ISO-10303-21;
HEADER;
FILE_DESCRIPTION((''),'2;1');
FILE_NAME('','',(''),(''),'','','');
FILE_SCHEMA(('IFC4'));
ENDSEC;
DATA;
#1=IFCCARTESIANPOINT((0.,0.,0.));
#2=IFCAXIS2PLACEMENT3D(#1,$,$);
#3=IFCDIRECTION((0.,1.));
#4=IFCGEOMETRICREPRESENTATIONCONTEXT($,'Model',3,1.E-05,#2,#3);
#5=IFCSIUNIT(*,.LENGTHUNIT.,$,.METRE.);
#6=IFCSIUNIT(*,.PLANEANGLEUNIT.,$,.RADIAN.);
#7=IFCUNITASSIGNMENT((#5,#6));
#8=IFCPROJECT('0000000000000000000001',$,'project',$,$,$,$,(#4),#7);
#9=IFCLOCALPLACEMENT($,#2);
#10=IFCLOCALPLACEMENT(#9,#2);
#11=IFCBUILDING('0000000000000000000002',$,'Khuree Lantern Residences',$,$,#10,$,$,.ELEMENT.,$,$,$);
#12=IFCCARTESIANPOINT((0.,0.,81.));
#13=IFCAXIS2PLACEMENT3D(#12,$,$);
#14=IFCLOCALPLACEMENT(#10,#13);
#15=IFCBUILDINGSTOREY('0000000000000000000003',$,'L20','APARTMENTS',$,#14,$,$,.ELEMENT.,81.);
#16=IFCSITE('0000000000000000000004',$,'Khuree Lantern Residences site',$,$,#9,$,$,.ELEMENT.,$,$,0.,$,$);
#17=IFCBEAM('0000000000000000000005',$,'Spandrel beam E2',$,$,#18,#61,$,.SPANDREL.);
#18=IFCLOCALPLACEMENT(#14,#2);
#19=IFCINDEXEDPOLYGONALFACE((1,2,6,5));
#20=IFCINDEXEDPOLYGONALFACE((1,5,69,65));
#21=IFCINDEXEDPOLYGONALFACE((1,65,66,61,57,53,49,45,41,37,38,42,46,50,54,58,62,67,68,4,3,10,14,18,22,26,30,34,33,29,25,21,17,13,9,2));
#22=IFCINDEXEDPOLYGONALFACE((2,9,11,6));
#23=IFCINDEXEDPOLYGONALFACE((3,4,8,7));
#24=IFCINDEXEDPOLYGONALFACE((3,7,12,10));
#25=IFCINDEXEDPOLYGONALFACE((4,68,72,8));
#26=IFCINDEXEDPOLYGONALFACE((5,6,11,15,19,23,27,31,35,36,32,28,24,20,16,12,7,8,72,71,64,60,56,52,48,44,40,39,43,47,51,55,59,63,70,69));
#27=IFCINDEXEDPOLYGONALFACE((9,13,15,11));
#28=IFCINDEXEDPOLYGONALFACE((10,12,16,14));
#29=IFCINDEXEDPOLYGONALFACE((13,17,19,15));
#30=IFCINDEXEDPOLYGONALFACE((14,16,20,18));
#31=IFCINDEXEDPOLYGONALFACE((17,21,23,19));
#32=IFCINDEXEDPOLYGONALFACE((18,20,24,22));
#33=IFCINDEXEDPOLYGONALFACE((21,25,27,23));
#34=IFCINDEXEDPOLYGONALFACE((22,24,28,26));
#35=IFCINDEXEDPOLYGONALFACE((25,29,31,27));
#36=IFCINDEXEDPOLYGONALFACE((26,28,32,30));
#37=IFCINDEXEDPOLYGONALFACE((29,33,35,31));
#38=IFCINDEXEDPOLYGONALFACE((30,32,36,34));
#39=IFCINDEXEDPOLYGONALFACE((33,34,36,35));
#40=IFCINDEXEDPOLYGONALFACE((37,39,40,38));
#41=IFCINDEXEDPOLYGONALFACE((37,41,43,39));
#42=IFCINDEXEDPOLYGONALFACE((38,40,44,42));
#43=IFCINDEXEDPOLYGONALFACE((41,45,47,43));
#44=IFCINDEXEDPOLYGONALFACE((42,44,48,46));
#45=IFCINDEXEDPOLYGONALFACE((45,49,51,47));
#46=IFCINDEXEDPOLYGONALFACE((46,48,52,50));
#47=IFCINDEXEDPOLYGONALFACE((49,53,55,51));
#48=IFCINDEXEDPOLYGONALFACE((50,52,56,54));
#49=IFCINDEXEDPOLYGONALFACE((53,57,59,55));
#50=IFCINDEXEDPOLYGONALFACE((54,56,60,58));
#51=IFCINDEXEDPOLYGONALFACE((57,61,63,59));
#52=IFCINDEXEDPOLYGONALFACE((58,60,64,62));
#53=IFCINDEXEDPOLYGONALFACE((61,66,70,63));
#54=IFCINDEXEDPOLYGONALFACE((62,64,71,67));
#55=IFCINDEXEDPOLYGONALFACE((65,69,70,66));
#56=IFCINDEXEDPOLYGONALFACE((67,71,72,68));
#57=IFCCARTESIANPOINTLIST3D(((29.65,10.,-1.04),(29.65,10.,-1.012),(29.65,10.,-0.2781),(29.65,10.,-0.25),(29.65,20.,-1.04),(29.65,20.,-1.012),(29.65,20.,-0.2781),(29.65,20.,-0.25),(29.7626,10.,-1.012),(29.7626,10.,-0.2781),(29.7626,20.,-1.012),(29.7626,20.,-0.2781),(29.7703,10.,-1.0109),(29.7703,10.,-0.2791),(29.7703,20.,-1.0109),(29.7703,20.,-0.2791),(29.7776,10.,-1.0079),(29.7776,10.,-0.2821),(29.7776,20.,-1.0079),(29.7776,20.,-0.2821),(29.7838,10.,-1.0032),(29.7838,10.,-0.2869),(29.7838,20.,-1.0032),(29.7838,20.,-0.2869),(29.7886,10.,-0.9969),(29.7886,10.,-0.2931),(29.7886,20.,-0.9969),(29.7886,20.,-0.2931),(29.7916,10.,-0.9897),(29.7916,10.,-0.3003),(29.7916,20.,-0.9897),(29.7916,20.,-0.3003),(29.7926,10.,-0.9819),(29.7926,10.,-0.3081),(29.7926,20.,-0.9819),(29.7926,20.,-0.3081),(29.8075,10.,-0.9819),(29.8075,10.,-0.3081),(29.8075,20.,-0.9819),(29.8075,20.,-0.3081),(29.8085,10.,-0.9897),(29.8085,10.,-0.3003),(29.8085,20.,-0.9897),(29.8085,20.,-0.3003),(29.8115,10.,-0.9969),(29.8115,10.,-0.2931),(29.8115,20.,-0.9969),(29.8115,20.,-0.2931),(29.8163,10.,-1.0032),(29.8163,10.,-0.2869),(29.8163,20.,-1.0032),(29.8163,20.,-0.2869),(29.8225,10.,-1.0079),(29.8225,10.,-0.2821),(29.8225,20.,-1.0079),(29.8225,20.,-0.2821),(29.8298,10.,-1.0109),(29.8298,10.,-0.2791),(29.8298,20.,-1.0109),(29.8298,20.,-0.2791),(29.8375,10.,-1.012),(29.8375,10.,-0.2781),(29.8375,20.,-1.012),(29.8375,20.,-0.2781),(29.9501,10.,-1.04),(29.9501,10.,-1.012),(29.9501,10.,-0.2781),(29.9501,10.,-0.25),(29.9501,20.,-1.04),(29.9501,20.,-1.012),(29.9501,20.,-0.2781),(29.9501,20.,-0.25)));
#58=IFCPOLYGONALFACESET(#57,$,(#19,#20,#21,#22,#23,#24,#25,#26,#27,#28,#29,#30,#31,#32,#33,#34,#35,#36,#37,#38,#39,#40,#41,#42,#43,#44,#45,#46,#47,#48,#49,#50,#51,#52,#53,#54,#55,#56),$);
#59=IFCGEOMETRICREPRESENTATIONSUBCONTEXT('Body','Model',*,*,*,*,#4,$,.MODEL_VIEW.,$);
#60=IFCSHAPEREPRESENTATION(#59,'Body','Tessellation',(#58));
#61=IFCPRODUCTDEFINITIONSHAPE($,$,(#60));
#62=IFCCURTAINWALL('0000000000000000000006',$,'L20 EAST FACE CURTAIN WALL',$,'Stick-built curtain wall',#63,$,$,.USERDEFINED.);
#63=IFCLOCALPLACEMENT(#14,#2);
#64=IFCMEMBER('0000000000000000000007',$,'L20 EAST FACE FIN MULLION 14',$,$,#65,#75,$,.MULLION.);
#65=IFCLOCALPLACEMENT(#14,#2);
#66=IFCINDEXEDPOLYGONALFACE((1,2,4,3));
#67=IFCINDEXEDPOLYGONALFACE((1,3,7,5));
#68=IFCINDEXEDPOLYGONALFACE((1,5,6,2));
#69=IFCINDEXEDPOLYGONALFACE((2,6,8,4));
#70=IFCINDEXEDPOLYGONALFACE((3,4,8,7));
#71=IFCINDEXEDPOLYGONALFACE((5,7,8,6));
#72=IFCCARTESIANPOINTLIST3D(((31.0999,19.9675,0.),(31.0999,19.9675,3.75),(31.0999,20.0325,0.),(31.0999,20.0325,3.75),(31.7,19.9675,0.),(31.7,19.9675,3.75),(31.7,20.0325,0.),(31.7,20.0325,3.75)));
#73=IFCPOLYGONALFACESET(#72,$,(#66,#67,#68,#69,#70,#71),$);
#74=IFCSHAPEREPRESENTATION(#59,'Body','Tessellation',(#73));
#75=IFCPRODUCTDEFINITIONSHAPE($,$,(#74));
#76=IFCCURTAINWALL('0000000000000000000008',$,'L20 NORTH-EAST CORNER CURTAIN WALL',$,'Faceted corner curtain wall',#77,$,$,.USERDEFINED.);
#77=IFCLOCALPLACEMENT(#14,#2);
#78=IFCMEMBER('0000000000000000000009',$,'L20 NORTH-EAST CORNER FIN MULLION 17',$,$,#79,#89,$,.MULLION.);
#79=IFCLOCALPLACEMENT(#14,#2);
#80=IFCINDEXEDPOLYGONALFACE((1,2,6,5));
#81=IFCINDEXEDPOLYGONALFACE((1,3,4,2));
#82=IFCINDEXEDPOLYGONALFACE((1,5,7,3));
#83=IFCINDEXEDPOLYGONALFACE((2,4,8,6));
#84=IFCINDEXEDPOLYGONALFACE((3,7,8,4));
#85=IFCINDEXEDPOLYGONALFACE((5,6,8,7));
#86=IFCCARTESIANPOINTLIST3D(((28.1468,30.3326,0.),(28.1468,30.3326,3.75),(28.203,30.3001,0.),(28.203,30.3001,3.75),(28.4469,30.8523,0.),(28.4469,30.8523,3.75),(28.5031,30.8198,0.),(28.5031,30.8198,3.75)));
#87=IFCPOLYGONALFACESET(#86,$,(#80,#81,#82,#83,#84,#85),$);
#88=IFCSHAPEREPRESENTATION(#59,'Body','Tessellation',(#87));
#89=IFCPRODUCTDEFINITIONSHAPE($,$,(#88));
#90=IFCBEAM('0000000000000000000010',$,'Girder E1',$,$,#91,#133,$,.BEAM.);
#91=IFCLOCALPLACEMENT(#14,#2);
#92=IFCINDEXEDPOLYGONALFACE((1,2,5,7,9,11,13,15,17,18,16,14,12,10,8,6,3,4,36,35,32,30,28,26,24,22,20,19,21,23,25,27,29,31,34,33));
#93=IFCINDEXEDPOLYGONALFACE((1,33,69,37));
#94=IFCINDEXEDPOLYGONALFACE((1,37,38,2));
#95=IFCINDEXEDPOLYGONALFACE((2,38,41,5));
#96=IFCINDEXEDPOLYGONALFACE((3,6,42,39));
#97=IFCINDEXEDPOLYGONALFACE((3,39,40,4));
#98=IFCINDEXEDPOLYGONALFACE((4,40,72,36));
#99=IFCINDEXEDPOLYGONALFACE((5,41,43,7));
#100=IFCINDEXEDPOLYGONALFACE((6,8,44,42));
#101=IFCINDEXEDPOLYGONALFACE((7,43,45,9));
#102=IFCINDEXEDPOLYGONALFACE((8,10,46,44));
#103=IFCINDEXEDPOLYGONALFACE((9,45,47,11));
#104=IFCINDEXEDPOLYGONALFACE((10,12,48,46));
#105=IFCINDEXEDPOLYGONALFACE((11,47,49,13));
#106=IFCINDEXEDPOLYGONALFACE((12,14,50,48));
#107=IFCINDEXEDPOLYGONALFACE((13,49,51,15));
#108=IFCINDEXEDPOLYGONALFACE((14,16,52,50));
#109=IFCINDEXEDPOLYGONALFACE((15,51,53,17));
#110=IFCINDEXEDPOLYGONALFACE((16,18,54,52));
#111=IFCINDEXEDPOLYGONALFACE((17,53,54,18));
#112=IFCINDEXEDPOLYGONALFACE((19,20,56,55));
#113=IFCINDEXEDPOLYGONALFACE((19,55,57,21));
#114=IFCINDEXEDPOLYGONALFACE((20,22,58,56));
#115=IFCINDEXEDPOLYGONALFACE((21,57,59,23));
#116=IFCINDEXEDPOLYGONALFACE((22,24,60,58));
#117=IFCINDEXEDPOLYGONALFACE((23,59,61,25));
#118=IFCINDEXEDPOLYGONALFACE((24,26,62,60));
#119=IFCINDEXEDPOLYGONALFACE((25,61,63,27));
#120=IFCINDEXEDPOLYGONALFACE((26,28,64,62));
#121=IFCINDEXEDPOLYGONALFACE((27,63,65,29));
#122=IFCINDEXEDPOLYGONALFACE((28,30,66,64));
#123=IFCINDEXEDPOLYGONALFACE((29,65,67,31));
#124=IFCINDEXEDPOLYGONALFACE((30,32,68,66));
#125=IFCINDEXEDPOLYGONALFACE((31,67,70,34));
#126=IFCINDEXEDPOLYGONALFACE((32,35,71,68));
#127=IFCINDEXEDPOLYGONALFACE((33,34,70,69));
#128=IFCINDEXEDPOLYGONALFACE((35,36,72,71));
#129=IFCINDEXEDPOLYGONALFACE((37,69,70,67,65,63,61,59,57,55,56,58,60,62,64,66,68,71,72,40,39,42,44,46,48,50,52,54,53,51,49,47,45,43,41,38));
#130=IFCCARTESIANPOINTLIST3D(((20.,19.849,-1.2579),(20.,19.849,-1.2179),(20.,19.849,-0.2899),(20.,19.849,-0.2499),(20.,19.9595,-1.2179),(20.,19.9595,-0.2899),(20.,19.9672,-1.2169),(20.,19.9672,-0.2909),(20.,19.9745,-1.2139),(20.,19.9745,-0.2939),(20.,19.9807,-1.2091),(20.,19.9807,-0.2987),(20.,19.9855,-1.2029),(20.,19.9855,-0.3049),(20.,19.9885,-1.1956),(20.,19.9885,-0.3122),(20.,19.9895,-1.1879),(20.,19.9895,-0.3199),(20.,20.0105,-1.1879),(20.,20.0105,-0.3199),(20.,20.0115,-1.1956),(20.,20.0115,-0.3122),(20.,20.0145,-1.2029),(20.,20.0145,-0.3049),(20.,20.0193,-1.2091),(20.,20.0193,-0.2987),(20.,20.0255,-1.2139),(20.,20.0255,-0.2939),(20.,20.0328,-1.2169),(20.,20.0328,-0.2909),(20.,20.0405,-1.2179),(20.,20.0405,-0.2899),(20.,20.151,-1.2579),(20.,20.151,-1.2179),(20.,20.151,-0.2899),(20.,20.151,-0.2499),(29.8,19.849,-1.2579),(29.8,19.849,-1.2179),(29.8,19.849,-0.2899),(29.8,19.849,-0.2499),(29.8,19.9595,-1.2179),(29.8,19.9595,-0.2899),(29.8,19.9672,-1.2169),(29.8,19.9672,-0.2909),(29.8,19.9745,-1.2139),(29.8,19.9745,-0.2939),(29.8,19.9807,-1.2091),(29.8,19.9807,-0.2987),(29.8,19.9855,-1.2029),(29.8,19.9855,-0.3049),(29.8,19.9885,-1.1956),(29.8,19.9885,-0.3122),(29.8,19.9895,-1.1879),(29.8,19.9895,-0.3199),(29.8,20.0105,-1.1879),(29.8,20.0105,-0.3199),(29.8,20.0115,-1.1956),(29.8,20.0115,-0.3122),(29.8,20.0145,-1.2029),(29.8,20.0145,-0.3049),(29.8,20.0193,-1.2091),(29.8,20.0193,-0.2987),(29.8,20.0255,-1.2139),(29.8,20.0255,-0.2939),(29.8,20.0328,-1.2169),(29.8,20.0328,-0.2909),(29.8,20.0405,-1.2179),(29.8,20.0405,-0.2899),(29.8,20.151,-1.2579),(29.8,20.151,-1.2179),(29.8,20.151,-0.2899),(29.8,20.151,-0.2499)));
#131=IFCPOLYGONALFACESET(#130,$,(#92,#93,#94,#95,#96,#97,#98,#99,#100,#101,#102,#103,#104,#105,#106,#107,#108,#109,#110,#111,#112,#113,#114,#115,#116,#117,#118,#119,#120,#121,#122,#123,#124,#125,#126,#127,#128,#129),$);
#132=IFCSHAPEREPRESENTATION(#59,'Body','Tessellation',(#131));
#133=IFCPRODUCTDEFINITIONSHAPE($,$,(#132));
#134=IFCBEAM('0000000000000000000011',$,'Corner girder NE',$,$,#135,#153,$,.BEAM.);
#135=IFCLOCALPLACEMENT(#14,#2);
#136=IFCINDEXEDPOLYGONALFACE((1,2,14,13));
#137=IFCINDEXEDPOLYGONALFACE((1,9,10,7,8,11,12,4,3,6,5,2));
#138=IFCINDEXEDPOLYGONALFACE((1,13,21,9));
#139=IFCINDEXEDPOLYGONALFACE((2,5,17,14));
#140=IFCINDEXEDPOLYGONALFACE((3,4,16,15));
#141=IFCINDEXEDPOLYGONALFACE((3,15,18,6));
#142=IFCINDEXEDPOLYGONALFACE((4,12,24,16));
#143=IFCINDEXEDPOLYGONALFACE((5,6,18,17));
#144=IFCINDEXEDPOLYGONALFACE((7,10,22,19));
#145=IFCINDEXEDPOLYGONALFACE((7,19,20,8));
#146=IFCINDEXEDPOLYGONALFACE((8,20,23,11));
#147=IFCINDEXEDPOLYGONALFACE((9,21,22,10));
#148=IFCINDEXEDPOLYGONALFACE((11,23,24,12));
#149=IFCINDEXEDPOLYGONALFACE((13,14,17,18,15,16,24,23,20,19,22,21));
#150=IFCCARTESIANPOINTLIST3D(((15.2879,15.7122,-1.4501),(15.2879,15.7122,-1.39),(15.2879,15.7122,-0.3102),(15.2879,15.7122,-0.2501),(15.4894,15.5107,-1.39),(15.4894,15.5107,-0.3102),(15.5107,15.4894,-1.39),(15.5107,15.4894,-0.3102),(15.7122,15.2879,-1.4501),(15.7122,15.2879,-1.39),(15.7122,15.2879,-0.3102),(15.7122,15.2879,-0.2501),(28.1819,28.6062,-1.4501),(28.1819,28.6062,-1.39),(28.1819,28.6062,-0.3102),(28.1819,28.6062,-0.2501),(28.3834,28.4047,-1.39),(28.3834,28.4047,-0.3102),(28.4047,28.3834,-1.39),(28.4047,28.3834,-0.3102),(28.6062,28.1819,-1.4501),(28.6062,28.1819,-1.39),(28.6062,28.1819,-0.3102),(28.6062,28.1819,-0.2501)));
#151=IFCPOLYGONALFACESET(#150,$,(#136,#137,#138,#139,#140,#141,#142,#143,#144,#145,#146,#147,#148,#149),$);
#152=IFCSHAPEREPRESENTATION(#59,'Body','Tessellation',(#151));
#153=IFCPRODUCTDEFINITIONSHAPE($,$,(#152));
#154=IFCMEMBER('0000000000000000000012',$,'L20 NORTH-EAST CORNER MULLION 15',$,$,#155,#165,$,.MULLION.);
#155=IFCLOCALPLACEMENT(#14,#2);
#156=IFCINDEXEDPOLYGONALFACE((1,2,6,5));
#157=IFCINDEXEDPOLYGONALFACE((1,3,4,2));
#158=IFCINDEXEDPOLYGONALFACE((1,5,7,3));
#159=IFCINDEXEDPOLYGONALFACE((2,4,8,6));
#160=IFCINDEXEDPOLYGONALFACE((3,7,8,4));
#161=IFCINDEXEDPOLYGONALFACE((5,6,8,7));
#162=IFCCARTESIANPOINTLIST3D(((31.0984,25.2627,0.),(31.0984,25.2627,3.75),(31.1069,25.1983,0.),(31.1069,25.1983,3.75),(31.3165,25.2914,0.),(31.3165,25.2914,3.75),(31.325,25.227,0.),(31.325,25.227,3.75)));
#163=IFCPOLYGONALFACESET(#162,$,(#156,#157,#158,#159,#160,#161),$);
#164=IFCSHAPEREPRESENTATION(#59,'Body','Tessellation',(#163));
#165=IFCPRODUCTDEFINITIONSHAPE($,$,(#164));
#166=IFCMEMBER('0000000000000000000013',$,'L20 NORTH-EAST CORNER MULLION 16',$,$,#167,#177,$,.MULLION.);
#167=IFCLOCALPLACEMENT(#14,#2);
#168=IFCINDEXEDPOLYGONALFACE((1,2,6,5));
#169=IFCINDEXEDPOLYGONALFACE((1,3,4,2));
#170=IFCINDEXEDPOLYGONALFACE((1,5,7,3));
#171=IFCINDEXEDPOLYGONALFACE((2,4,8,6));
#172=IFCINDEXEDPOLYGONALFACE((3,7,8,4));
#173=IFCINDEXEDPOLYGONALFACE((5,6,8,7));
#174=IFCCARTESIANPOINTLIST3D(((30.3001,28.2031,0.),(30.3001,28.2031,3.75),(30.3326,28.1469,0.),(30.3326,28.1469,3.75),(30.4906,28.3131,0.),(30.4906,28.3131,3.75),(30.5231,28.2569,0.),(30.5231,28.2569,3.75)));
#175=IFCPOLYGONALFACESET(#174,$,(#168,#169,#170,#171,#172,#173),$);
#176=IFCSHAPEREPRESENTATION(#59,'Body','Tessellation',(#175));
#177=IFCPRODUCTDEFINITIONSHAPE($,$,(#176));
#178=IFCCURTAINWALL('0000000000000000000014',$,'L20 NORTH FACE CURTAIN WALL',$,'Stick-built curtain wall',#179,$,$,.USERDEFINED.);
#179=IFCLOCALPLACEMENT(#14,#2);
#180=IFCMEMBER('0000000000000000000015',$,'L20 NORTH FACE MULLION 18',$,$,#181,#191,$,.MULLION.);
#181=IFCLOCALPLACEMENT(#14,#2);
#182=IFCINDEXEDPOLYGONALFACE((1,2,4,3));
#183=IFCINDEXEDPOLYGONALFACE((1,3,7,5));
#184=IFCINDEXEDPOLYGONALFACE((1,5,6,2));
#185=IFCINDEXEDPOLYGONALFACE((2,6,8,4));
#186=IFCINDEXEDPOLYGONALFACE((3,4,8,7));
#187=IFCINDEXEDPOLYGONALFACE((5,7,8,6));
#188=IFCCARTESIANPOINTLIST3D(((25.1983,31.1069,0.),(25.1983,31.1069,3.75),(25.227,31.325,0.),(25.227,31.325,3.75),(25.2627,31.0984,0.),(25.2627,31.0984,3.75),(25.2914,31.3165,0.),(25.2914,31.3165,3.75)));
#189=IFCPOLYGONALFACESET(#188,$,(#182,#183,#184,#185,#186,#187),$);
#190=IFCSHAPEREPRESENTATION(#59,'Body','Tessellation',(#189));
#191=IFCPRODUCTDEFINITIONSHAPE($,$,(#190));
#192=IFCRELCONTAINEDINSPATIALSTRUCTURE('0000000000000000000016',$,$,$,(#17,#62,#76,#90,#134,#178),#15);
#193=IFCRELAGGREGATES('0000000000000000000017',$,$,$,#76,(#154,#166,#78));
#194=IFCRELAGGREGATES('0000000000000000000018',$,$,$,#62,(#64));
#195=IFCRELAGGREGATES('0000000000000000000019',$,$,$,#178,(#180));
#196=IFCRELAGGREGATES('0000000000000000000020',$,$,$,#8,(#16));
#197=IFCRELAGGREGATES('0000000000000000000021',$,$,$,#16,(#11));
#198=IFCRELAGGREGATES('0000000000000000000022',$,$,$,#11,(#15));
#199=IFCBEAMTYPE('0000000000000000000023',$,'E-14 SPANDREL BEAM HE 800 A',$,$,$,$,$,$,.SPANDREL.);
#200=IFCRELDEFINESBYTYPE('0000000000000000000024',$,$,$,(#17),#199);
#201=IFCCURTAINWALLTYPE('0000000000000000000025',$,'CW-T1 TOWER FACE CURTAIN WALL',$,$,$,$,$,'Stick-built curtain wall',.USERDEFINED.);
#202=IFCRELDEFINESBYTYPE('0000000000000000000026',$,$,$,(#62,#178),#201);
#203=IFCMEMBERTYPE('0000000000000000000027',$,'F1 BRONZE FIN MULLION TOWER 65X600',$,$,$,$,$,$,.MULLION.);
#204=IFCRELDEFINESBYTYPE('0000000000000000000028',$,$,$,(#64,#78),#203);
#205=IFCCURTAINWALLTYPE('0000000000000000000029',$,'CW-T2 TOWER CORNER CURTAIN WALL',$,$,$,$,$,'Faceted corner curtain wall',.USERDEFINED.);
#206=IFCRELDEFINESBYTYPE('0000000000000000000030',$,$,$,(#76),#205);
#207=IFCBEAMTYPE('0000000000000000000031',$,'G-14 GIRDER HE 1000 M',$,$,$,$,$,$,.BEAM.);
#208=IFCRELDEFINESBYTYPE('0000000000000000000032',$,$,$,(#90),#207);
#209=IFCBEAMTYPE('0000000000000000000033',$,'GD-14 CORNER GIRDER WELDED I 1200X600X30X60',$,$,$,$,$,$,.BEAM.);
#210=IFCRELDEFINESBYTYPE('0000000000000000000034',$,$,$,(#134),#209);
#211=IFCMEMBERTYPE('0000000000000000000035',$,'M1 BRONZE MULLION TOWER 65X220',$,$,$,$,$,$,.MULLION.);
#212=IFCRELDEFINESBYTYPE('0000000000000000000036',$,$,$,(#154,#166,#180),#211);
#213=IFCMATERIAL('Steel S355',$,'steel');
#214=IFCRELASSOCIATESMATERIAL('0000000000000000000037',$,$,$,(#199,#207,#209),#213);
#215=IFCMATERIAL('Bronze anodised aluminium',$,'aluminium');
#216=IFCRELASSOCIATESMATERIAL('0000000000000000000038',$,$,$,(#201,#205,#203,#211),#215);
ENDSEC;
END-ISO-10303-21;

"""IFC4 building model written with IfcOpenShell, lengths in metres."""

from ifc_helpers import new_model, si_unit, direction, frame, origin, origin_2d, place, context, subcontext, project, spatial, rectangle, i_section, extrude, material, material_profile, profile_set, type_object, element, aggregate, save


model = new_model("IFC4")

# Units and contexts
model_context = context("Model", 3, precision=1e-05, world=origin(), true_north=direction((0.0, 1.0)))
body_context = subcontext(model_context, "Body", "Model", "MODEL_VIEW")
ifc_project = project(units=[si_unit("LENGTHUNIT", "METRE"), si_unit("PLANEANGLEUNIT", "RADIAN")], contexts=[model_context])

# Site, building, storey
site_placement = place(None, origin())
site = spatial("IfcSite", under=ifc_project, at=site_placement, Name="Khuree Lantern Residences site", CompositionType="ELEMENT", RefElevation=0.0)
building_placement = place(site_placement, origin())
building = spatial("IfcBuilding", under=site, at=building_placement, Name="Khuree Lantern Residences", CompositionType="ELEMENT")
storey_placement = place(building_placement, frame((0.0, 0.0, 81.0)))
storey = spatial("IfcBuildingStorey", under=building, at=storey_placement, Name="L20", Description="APARTMENTS", CompositionType="ELEMENT", Elevation=81.0)

# Beam
ifc_material_1 = material(Name="Steel S355", Category="steel")
ifc_material_profile_1 = material_profile(ifc_material_1, i_section(OverallWidth=0.3, OverallDepth=0.79, WebThickness=0.0149, FlangeThickness=0.0281, FilletRadius=0.03, at=origin_2d()), Name="HE 800 A")
ifc_profile_set_1 = profile_set([ifc_material_profile_1], Name="Steel S355")
beam_type_1 = type_object("IfcBeamType", Name="E-14 SPANDREL BEAM HE 800 A", PredefinedType="SPANDREL", material=ifc_profile_set_1)
beam_1_placement = place(storey_placement, frame((29.8, 20.0, -0.645), z_axis=(0.0, -1.0, 0.0), x_axis=(1.0, 0.0, 0.0)))
element("IfcBeam", 1, at=beam_1_placement, inside=storey, type_object=beam_type_1, Name="Spandrel beam E2", PredefinedType="SPANDREL", context=body_context, shape_type="SweptSolid", body=[
    extrude(i_section(OverallWidth=0.3, OverallDepth=0.79, WebThickness=0.0149, FlangeThickness=0.0281, FilletRadius=0.03, at=origin_2d()), origin(), (0.0, 0.0, 1.0), 10.0),
])

# Curtain walls, members
ifc_material_2 = material(Name="Bronze anodised aluminium", Category="aluminium")
curtain_wall_type_1 = type_object("IfcCurtainWallType", Name="CW-T1 TOWER FACE CURTAIN WALL", ElementType="Stick-built curtain wall", PredefinedType="USERDEFINED", material=ifc_material_2)
curtain_wall_1_placement = place(storey_placement, origin())
curtain_wall_1 = element("IfcCurtainWall", 2, at=curtain_wall_1_placement, inside=storey, type_object=curtain_wall_type_1, Name="L20 EAST FACE CURTAIN WALL", ObjectType="Stick-built curtain wall", PredefinedType="USERDEFINED")
ifc_material_profile_2 = material_profile(ifc_material_2, rectangle(XDim=0.0649, YDim=0.6001, at=origin_2d()), Name="F1 65X600")
ifc_profile_set_2 = profile_set([ifc_material_profile_2], Name="Bronze anodised aluminium")
member_type_1 = type_object("IfcMemberType", Name="F1 BRONZE FIN MULLION TOWER 65X600", PredefinedType="MULLION", material=ifc_profile_set_2)
member_1_placement = place(storey_placement, frame((31.3999, 20.0, 0.0), z_axis=(0.0, 0.0, 1.0), x_axis=(0.0, 1.0, 0.0)))
member_1 = element("IfcMember", 3, at=member_1_placement, type_object=member_type_1, Name="L20 EAST FACE FIN MULLION 14", PredefinedType="MULLION", context=body_context, shape_type="SweptSolid", body=[
    extrude(rectangle(XDim=0.0649, YDim=0.6001, at=origin_2d()), origin(), (0.0, 0.0, 1.0), 3.75),
])
curtain_wall_type_2 = type_object("IfcCurtainWallType", Name="CW-T2 TOWER CORNER CURTAIN WALL", ElementType="Faceted corner curtain wall", PredefinedType="USERDEFINED", material=ifc_material_2)
curtain_wall_2_placement = place(storey_placement, origin())
curtain_wall_2 = element("IfcCurtainWall", 4, at=curtain_wall_2_placement, inside=storey, type_object=curtain_wall_type_2, Name="L20 NORTH-EAST CORNER CURTAIN WALL", ObjectType="Faceted corner curtain wall", PredefinedType="USERDEFINED")
member_2_placement = place(storey_placement, frame((28.325, 30.5762, 0.0), z_axis=(0.0, 0.0, 1.0), x_axis=(-0.866025, 0.5, 0.0)))
member_2 = element("IfcMember", 5, at=member_2_placement, type_object=member_type_1, Name="L20 NORTH-EAST CORNER FIN MULLION 17", PredefinedType="MULLION", context=body_context, shape_type="SweptSolid", body=[
    extrude(rectangle(XDim=0.0649, YDim=0.6001, at=origin_2d()), origin(), (0.0, 0.0, 1.0), 3.75),
])

# Beams
ifc_material_profile_3 = material_profile(ifc_material_1, i_section(OverallWidth=0.302, OverallDepth=1.0081, WebThickness=0.021, FlangeThickness=0.04, FilletRadius=0.03, at=origin_2d()), Name="HE 1000 M")
ifc_profile_set_3 = profile_set([ifc_material_profile_3], Name="Steel S355")
beam_type_2 = type_object("IfcBeamType", Name="G-14 GIRDER HE 1000 M", PredefinedType="BEAM", material=ifc_profile_set_3)
beam_2_placement = place(storey_placement, frame((29.8, 20.0, -0.7539), z_axis=(-1.0, 0.0, 0.0), x_axis=(0.0, -1.0, 0.0)))
element("IfcBeam", 6, at=beam_2_placement, inside=storey, type_object=beam_type_2, Name="Girder E1", PredefinedType="BEAM", context=body_context, shape_type="SweptSolid", body=[
    extrude(i_section(OverallWidth=0.302, OverallDepth=1.0081, WebThickness=0.021, FlangeThickness=0.04, FilletRadius=0.03, at=origin_2d()), origin(), (0.0, 0.0, 1.0), 9.8),
])
ifc_material_profile_4 = material_profile(ifc_material_1, i_section(OverallWidth=0.6001, OverallDepth=1.2, WebThickness=0.03, FlangeThickness=0.0601, at=origin_2d()), Name="WELDED I 1200X600X30X60")
ifc_profile_set_4 = profile_set([ifc_material_profile_4], Name="Steel S355")
beam_type_3 = type_object("IfcBeamType", Name="GD-14 CORNER GIRDER WELDED I 1200X600X30X60", PredefinedType="BEAM", material=ifc_profile_set_4)
beam_3_placement = place(storey_placement, frame((28.394, 28.394, -0.8501), z_axis=(-0.707107, -0.707107, 0.0), x_axis=(0.707107, -0.707107, 0.0)))
element("IfcBeam", 7, at=beam_3_placement, inside=storey, type_object=beam_type_3, Name="Corner girder NE", PredefinedType="BEAM", context=body_context, shape_type="SweptSolid", body=[
    extrude(i_section(OverallWidth=0.6001, OverallDepth=1.2, WebThickness=0.03, FlangeThickness=0.0601, at=origin_2d()), origin(), (0.0, 0.0, 1.0), 18.2349),
])

# Members
ifc_material_profile_5 = material_profile(ifc_material_2, rectangle(XDim=0.0649, YDim=0.22, at=origin_2d()), Name="M1 65X220")
ifc_profile_set_5 = profile_set([ifc_material_profile_5], Name="Bronze anodised aluminium")
member_type_2 = type_object("IfcMemberType", Name="M1 BRONZE MULLION TOWER 65X220", PredefinedType="MULLION", material=ifc_profile_set_5)
member_3_placement = place(storey_placement, frame((31.2117, 25.2449, 0.0), z_axis=(0.0, 0.0, 1.0), x_axis=(-0.130526, 0.991445, 0.0)))
member_3 = element("IfcMember", 8, at=member_3_placement, type_object=member_type_2, Name="L20 NORTH-EAST CORNER MULLION 15", PredefinedType="MULLION", context=body_context, shape_type="SweptSolid", body=[
    extrude(rectangle(XDim=0.0649, YDim=0.22, at=origin_2d()), origin(), (0.0, 0.0, 1.0), 3.75),
])
member_4_placement = place(storey_placement, frame((30.4116, 28.23, 0.0), z_axis=(0.0, 0.0, 1.0), x_axis=(-0.5, 0.866025, 0.0)))
member_4 = element("IfcMember", 9, at=member_4_placement, type_object=member_type_2, Name="L20 NORTH-EAST CORNER MULLION 16", PredefinedType="MULLION", context=body_context, shape_type="SweptSolid", body=[
    extrude(rectangle(XDim=0.0649, YDim=0.22, at=origin_2d()), origin(), (0.0, 0.0, 1.0), 3.75),
])

# Curtain wall, member
curtain_wall_3_placement = place(storey_placement, origin())
curtain_wall_3 = element("IfcCurtainWall", 10, at=curtain_wall_3_placement, inside=storey, type_object=curtain_wall_type_1, Name="L20 NORTH FACE CURTAIN WALL", ObjectType="Stick-built curtain wall", PredefinedType="USERDEFINED")
member_5_placement = place(storey_placement, frame((25.2449, 31.2117, 0.0), z_axis=(0.0, 0.0, 1.0), x_axis=(-0.991445, 0.130526, 0.0)))
member_5 = element("IfcMember", 11, at=member_5_placement, type_object=member_type_2, Name="L20 NORTH FACE MULLION 18", PredefinedType="MULLION", context=body_context, shape_type="SweptSolid", body=[
    extrude(rectangle(XDim=0.0649, YDim=0.22, at=origin_2d()), origin(), (0.0, 0.0, 1.0), 3.75),
])

aggregate(curtain_wall_2, [member_3, member_4, member_2])
aggregate(curtain_wall_1, [member_1])
aggregate(curtain_wall_3, [member_5])

save(model, "model.ifc")
